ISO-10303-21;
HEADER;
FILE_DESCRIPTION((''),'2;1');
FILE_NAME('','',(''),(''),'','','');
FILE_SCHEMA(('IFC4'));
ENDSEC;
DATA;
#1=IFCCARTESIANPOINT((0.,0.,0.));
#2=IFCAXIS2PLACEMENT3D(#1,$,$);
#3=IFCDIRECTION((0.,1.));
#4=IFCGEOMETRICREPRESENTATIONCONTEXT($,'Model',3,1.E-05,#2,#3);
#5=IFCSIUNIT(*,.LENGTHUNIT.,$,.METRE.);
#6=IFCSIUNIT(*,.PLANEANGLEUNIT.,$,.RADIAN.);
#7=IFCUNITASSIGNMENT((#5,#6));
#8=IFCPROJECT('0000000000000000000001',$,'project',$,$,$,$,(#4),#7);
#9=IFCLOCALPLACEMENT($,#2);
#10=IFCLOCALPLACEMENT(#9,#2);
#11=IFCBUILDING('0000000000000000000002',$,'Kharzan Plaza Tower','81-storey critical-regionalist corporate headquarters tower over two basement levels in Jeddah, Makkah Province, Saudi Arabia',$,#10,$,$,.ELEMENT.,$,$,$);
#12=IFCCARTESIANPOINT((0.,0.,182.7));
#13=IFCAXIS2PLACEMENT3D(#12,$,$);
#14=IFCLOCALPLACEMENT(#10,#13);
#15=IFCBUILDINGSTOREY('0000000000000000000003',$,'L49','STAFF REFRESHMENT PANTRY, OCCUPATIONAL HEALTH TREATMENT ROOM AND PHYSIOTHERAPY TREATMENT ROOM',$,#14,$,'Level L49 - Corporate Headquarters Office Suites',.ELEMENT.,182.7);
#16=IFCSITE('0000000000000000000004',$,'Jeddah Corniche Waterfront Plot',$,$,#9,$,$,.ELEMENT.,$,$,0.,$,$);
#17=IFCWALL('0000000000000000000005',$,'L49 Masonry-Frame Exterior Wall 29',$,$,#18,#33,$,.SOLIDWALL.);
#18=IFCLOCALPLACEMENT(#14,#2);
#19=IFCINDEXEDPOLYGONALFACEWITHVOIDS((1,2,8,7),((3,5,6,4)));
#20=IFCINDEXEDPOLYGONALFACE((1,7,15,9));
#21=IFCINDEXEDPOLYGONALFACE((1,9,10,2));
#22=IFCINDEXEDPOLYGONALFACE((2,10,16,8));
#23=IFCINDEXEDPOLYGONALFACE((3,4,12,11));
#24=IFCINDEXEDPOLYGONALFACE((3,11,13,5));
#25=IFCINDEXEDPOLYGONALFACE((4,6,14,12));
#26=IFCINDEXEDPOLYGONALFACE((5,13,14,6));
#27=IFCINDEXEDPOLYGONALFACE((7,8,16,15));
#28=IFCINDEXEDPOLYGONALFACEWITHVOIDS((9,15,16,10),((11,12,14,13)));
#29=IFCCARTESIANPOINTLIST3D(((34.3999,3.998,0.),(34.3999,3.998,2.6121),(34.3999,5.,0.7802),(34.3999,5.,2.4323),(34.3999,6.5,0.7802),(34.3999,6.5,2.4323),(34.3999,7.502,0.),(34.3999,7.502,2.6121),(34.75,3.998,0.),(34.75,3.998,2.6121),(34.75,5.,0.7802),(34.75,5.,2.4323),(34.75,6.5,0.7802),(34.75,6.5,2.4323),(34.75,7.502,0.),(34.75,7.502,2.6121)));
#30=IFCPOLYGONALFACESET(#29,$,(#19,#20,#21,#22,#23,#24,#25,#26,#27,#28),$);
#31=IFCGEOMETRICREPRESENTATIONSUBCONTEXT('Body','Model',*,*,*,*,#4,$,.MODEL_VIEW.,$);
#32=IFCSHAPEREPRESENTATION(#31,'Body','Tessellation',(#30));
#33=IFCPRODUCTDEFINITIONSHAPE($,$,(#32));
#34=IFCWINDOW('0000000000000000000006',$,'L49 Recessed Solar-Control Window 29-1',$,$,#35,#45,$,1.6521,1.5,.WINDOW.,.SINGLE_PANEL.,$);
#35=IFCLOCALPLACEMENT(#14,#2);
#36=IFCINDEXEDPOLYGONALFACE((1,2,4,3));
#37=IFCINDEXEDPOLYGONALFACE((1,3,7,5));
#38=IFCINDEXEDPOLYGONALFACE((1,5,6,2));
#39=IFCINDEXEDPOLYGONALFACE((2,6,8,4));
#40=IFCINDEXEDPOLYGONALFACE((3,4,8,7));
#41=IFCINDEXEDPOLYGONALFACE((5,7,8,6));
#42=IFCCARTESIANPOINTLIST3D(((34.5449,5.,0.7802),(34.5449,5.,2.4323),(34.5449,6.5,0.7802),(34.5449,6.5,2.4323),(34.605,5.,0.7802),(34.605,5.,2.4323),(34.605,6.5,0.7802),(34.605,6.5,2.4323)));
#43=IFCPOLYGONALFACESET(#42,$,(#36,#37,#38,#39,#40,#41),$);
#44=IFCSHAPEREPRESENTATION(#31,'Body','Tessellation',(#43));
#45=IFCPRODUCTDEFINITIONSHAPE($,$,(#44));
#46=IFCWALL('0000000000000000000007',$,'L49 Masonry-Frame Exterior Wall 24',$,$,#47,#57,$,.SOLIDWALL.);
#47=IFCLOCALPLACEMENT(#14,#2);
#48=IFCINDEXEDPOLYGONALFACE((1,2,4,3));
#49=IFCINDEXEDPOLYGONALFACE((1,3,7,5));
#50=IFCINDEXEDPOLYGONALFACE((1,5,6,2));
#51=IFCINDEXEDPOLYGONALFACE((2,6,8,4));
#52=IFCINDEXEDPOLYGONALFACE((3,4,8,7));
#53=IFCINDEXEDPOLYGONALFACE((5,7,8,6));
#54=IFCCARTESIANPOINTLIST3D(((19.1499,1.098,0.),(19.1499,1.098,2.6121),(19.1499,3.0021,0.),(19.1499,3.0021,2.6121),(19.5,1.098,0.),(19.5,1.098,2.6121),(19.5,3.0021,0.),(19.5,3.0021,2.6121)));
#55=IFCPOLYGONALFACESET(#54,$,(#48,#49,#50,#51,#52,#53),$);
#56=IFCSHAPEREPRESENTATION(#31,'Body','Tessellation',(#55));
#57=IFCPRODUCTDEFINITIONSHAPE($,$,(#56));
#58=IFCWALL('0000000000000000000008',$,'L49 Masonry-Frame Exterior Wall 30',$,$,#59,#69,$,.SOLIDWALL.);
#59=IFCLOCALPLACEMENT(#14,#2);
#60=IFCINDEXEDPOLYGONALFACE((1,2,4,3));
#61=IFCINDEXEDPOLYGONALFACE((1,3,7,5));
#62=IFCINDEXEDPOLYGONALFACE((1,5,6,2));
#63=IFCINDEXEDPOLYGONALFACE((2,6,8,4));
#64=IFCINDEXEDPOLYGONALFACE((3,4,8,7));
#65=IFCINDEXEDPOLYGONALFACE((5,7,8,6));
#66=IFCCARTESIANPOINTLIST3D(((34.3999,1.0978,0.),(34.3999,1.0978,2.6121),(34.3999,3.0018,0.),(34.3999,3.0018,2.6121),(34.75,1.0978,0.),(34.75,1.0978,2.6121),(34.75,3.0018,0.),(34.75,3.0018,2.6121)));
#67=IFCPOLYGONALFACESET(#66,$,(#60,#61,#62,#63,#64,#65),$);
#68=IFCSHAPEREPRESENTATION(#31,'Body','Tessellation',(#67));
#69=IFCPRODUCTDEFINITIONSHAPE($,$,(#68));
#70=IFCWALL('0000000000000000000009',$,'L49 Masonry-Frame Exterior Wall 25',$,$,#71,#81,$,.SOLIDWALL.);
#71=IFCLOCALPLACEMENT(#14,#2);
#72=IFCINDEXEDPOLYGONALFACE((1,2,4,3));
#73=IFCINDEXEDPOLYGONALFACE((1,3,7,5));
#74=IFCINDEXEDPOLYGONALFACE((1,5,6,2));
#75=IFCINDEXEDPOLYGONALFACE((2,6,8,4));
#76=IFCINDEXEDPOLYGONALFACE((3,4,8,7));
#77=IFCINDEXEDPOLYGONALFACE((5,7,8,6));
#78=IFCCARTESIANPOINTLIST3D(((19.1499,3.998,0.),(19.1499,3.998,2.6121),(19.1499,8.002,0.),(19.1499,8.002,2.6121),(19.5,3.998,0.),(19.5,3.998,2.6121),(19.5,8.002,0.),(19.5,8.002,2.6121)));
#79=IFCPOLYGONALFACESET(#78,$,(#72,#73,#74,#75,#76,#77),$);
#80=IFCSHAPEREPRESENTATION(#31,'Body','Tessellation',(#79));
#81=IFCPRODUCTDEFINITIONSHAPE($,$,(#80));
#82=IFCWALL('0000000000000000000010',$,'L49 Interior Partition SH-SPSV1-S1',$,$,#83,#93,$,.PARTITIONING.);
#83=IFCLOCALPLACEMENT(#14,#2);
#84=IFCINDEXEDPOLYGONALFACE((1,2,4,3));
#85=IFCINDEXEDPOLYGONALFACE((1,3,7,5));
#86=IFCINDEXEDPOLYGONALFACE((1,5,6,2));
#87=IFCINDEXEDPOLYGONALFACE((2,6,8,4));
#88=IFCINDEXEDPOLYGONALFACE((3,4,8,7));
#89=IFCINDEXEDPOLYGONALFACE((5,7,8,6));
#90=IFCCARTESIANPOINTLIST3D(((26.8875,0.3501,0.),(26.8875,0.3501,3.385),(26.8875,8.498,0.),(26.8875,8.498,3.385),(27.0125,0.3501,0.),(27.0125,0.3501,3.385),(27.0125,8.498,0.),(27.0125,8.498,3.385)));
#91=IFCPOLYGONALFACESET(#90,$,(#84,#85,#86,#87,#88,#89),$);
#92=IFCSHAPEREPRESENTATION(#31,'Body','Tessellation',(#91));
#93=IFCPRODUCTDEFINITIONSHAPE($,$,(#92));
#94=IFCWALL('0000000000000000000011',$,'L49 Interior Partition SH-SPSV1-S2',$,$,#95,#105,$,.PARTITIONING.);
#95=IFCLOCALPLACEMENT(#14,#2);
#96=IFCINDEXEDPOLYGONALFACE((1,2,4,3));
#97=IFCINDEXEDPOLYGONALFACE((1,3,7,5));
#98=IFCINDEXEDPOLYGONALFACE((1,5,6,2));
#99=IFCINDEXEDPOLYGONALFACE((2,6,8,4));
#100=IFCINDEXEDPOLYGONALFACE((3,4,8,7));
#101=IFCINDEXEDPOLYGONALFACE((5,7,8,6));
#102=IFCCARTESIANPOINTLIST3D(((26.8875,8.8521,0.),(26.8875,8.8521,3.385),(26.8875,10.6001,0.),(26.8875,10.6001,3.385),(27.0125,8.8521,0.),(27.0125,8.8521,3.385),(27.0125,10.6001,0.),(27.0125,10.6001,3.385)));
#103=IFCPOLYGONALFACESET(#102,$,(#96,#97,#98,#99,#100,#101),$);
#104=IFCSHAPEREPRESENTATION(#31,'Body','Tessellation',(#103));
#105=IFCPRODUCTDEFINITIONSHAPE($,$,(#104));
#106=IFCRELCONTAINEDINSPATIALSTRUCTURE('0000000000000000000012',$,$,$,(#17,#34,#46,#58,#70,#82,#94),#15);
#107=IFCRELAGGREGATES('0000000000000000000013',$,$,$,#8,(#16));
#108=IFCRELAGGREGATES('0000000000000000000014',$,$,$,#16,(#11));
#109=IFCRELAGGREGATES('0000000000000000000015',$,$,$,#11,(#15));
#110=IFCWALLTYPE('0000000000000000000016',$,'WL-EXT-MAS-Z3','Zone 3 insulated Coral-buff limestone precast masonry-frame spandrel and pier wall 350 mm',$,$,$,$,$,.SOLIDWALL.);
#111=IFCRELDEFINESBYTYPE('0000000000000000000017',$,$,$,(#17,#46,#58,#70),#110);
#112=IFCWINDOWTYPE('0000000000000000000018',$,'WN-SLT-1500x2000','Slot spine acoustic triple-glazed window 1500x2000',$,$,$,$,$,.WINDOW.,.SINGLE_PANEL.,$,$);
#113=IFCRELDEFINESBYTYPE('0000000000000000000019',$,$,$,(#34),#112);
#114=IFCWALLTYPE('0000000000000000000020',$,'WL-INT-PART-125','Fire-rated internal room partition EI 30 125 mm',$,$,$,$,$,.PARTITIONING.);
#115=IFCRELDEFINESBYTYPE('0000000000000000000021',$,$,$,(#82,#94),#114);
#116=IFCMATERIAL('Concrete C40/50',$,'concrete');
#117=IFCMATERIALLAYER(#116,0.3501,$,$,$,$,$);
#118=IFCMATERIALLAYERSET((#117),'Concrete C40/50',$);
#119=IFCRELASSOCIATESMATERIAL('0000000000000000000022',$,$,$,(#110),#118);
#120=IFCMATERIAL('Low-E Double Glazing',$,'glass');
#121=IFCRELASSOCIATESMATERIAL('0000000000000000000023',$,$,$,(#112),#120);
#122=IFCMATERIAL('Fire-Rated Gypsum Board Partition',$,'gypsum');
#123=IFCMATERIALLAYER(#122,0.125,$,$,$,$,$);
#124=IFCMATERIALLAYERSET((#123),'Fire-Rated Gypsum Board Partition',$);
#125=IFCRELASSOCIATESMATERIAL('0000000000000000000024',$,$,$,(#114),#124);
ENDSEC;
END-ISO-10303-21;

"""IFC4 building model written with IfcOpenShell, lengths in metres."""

from ifc_helpers import new_model, si_unit, direction, frame, frame_2d, origin, place, context, subcontext, project, spatial, rectangle, extrude, source, transform, mapped, material, layer, layer_set, type_object, element, fill, save


model = new_model("IFC4")

# Units and contexts
model_context = context("Model", 3, precision=1e-05, world=origin(), true_north=direction((0.0, 1.0)))
body_context = subcontext(model_context, "Body", "Model", "MODEL_VIEW")
ifc_project = project(units=[si_unit("LENGTHUNIT", "METRE"), si_unit("PLANEANGLEUNIT", "RADIAN")], contexts=[model_context])

# Site, building, storey
site_placement = place(None, origin())
site = spatial("IfcSite", under=ifc_project, at=site_placement, Name="Jeddah Corniche Waterfront Plot", CompositionType="ELEMENT", RefElevation=0.0)
building_placement = place(site_placement, origin())
building = spatial("IfcBuilding", under=site, at=building_placement, Name="Kharzan Plaza Tower", Description="81-storey critical-regionalist corporate headquarters tower over two basement levels in Jeddah, Makkah Province, Saudi Arabia", CompositionType="ELEMENT")
storey_placement = place(building_placement, frame((0.0, 0.0, 182.7)))
storey = spatial("IfcBuildingStorey", under=building, at=storey_placement, Name="L49", Description="STAFF REFRESHMENT PANTRY, OCCUPATIONAL HEALTH TREATMENT ROOM AND PHYSIOTHERAPY TREATMENT ROOM", LongName="Level L49 - Corporate Headquarters Office Suites", CompositionType="ELEMENT", Elevation=182.7)

# Shared definitions
ifc_material_1 = material(Name="Concrete C40/50", Category="concrete")
ifc_layer_1 = layer(ifc_material_1, 0.3501)
ifc_layer_set_1 = layer_set([ifc_layer_1], Name="Concrete C40/50")
wall_type_1 = type_object("IfcWallType", Name="WL-EXT-MAS-Z3", Description="Zone 3 insulated Coral-buff limestone precast masonry-frame spandrel and pier wall 350 mm", PredefinedType="SOLIDWALL", material=ifc_layer_set_1)
ifc_material_2 = material(Name="Low-E Double Glazing", Category="glass")
window_type = type_object("IfcWindowType", Name="WN-SLT-1500x2000", Description="Slot spine acoustic triple-glazed window 1500x2000", PartitioningType="SINGLE_PANEL", PredefinedType="WINDOW", material=ifc_material_2)

# Wall, opening, window
wall_1_placement = place(storey_placement, frame((34.575, 7.502, 0.0), z_axis=(0.0, 0.0, 1.0), x_axis=(0.0, -1.0, 0.0)))
wall_1 = element("IfcWall", 1, at=wall_1_placement, inside=storey, type_object=wall_type_1, Name="L49 Masonry-Frame Exterior Wall 29", PredefinedType="SOLIDWALL", context=body_context, shape_type="SweptSolid", body=[
    extrude(rectangle(XDim=3.5039, YDim=0.3501, at=frame_2d((1.752, 0.0))), origin(), (0.0, 0.0, 1.0), 2.6121),
])
opening_1_placement = place(wall_1_placement, frame((1.002, 0.0, 0.78)))
opening_1 = element("IfcOpeningElement", 2, at=opening_1_placement, cuts=wall_1, PredefinedType="OPENING", context=body_context, shape_type="SweptSolid", body=[
    extrude(rectangle(XDim=1.5, YDim=1.6521, at=frame_2d((0.75, 0.8262))), frame((0.0, 0.1851, 0.0), z_axis=(0.0, -1.0, 0.0), x_axis=(1.0, 0.0, 0.0)), (0.0, 0.0, 1.0), 0.3701),
])
shared_shape_1 = source(origin(), body_context, "Body", "SweptSolid", [
    extrude(rectangle(XDim=1.5, YDim=1.6521, at=frame_2d((0.75, 0.8262))), frame((0.0, 0.03, 0.0), z_axis=(0.0, -1.0, 0.0), x_axis=(1.0, 0.0, 0.0)), (0.0, 0.0, 1.0), 0.0601),
])
window_1_placement = place(opening_1_placement, origin())
window_1 = element("IfcWindow", 3, at=window_1_placement, inside=storey, type_object=window_type, Name="L49 Recessed Solar-Control Window 29-1", OverallHeight=1.6521, OverallWidth=1.5, PartitioningType="SINGLE_PANEL", PredefinedType="WINDOW", context=body_context, shape_type="MappedRepresentation", body=[
    mapped(shared_shape_1, transform((0.0, 0.0, 0.0), x_axis=(1.0, 0.0, 0.0), y_axis=(0.0, 1.0, 0.0), z_axis=(0.0, 0.0, 1.0))),
])
fill(opening_1, window_1)

# Walls
shared_shape_2 = source(origin(), body_context, "Body", "SweptSolid", [
    extrude(rectangle(XDim=1.9041, YDim=0.3501, at=frame_2d((0.9521, 0.0))), origin(), (0.0, 0.0, 1.0), 2.6121),
])
for number, where, z_axis, x_axis, name in (
    (4, (19.325, 1.0979, 0.0), (0.0, 0.0, 1.0), (0.0, 1.0, 0.0), "L49 Masonry-Frame Exterior Wall 24"),
    (5, (34.575, 3.002, 0.0), (0.0, 0.0, 1.0), (0.0, -1.0, 0.0), "L49 Masonry-Frame Exterior Wall 30"),
):
    element("IfcWall", number, at=place(storey_placement, frame(where, z_axis=z_axis, x_axis=x_axis)), inside=storey, type_object=wall_type_1, Name=name, PredefinedType="SOLIDWALL", context=body_context, shape_type="MappedRepresentation", body=[
        mapped(shared_shape_2, transform((0.0, 0.0, 0.0), x_axis=(1.0, 0.0, 0.0), y_axis=(0.0, 1.0, 0.0), z_axis=(0.0, 0.0, 1.0))),
    ])
shared_shape_3 = source(origin(), body_context, "Body", "SweptSolid", [
    extrude(rectangle(XDim=4.0039, YDim=0.3501, at=frame_2d((2.002, 0.0))), origin(), (0.0, 0.0, 1.0), 2.6121),
])
wall_2_placement = place(storey_placement, frame((19.325, 3.998, 0.0), z_axis=(0.0, 0.0, 1.0), x_axis=(0.0, 1.0, 0.0)))
element("IfcWall", 6, at=wall_2_placement, inside=storey, type_object=wall_type_1, Name="L49 Masonry-Frame Exterior Wall 25", PredefinedType="SOLIDWALL", context=body_context, shape_type="MappedRepresentation", body=[
    mapped(shared_shape_3, transform((0.0, 0.0, 0.0), x_axis=(1.0, 0.0, 0.0), y_axis=(0.0, 1.0, 0.0), z_axis=(0.0, 0.0, 1.0))),
])
ifc_material_3 = material(Name="Fire-Rated Gypsum Board Partition", Category="gypsum")
ifc_layer_2 = layer(ifc_material_3, 0.125)
ifc_layer_set_2 = layer_set([ifc_layer_2], Name="Fire-Rated Gypsum Board Partition")
wall_type_2 = type_object("IfcWallType", Name="WL-INT-PART-125", Description="Fire-rated internal room partition EI 30 125 mm", PredefinedType="PARTITIONING", material=ifc_layer_set_2)
shared_shape_4 = source(origin(), body_context, "Body", "SweptSolid", [
    extrude(rectangle(XDim=8.1479, YDim=0.125, at=frame_2d((4.074, 0.0))), origin(), (0.0, 0.0, 1.0), 3.385),
])
wall_3_placement = place(storey_placement, frame((26.95, 0.3501, 0.0), z_axis=(0.0, 0.0, 1.0), x_axis=(0.0, 1.0, 0.0)))
element("IfcWall", 7, at=wall_3_placement, inside=storey, type_object=wall_type_2, Name="L49 Interior Partition SH-SPSV1-S1", PredefinedType="PARTITIONING", context=body_context, shape_type="MappedRepresentation", body=[
    mapped(shared_shape_4, transform((0.0, 0.0, 0.0), x_axis=(1.0, 0.0, 0.0), y_axis=(0.0, 1.0, 0.0), z_axis=(0.0, 0.0, 1.0))),
])
shared_shape_5 = source(origin(), body_context, "Body", "SweptSolid", [
    extrude(rectangle(XDim=1.748, YDim=0.125, at=frame_2d((0.874, 0.0))), origin(), (0.0, 0.0, 1.0), 3.385),
])
wall_4_placement = place(storey_placement, frame((26.95, 8.8521, 0.0), z_axis=(0.0, 0.0, 1.0), x_axis=(0.0, 1.0, 0.0)))
element("IfcWall", 8, at=wall_4_placement, inside=storey, type_object=wall_type_2, Name="L49 Interior Partition SH-SPSV1-S2", PredefinedType="PARTITIONING", context=body_context, shape_type="MappedRepresentation", body=[
    mapped(shared_shape_5, transform((0.0, 0.0, 0.0), x_axis=(1.0, 0.0, 0.0), y_axis=(0.0, 1.0, 0.0), z_axis=(0.0, 0.0, 1.0))),
])

save(model, "model.ifc")
